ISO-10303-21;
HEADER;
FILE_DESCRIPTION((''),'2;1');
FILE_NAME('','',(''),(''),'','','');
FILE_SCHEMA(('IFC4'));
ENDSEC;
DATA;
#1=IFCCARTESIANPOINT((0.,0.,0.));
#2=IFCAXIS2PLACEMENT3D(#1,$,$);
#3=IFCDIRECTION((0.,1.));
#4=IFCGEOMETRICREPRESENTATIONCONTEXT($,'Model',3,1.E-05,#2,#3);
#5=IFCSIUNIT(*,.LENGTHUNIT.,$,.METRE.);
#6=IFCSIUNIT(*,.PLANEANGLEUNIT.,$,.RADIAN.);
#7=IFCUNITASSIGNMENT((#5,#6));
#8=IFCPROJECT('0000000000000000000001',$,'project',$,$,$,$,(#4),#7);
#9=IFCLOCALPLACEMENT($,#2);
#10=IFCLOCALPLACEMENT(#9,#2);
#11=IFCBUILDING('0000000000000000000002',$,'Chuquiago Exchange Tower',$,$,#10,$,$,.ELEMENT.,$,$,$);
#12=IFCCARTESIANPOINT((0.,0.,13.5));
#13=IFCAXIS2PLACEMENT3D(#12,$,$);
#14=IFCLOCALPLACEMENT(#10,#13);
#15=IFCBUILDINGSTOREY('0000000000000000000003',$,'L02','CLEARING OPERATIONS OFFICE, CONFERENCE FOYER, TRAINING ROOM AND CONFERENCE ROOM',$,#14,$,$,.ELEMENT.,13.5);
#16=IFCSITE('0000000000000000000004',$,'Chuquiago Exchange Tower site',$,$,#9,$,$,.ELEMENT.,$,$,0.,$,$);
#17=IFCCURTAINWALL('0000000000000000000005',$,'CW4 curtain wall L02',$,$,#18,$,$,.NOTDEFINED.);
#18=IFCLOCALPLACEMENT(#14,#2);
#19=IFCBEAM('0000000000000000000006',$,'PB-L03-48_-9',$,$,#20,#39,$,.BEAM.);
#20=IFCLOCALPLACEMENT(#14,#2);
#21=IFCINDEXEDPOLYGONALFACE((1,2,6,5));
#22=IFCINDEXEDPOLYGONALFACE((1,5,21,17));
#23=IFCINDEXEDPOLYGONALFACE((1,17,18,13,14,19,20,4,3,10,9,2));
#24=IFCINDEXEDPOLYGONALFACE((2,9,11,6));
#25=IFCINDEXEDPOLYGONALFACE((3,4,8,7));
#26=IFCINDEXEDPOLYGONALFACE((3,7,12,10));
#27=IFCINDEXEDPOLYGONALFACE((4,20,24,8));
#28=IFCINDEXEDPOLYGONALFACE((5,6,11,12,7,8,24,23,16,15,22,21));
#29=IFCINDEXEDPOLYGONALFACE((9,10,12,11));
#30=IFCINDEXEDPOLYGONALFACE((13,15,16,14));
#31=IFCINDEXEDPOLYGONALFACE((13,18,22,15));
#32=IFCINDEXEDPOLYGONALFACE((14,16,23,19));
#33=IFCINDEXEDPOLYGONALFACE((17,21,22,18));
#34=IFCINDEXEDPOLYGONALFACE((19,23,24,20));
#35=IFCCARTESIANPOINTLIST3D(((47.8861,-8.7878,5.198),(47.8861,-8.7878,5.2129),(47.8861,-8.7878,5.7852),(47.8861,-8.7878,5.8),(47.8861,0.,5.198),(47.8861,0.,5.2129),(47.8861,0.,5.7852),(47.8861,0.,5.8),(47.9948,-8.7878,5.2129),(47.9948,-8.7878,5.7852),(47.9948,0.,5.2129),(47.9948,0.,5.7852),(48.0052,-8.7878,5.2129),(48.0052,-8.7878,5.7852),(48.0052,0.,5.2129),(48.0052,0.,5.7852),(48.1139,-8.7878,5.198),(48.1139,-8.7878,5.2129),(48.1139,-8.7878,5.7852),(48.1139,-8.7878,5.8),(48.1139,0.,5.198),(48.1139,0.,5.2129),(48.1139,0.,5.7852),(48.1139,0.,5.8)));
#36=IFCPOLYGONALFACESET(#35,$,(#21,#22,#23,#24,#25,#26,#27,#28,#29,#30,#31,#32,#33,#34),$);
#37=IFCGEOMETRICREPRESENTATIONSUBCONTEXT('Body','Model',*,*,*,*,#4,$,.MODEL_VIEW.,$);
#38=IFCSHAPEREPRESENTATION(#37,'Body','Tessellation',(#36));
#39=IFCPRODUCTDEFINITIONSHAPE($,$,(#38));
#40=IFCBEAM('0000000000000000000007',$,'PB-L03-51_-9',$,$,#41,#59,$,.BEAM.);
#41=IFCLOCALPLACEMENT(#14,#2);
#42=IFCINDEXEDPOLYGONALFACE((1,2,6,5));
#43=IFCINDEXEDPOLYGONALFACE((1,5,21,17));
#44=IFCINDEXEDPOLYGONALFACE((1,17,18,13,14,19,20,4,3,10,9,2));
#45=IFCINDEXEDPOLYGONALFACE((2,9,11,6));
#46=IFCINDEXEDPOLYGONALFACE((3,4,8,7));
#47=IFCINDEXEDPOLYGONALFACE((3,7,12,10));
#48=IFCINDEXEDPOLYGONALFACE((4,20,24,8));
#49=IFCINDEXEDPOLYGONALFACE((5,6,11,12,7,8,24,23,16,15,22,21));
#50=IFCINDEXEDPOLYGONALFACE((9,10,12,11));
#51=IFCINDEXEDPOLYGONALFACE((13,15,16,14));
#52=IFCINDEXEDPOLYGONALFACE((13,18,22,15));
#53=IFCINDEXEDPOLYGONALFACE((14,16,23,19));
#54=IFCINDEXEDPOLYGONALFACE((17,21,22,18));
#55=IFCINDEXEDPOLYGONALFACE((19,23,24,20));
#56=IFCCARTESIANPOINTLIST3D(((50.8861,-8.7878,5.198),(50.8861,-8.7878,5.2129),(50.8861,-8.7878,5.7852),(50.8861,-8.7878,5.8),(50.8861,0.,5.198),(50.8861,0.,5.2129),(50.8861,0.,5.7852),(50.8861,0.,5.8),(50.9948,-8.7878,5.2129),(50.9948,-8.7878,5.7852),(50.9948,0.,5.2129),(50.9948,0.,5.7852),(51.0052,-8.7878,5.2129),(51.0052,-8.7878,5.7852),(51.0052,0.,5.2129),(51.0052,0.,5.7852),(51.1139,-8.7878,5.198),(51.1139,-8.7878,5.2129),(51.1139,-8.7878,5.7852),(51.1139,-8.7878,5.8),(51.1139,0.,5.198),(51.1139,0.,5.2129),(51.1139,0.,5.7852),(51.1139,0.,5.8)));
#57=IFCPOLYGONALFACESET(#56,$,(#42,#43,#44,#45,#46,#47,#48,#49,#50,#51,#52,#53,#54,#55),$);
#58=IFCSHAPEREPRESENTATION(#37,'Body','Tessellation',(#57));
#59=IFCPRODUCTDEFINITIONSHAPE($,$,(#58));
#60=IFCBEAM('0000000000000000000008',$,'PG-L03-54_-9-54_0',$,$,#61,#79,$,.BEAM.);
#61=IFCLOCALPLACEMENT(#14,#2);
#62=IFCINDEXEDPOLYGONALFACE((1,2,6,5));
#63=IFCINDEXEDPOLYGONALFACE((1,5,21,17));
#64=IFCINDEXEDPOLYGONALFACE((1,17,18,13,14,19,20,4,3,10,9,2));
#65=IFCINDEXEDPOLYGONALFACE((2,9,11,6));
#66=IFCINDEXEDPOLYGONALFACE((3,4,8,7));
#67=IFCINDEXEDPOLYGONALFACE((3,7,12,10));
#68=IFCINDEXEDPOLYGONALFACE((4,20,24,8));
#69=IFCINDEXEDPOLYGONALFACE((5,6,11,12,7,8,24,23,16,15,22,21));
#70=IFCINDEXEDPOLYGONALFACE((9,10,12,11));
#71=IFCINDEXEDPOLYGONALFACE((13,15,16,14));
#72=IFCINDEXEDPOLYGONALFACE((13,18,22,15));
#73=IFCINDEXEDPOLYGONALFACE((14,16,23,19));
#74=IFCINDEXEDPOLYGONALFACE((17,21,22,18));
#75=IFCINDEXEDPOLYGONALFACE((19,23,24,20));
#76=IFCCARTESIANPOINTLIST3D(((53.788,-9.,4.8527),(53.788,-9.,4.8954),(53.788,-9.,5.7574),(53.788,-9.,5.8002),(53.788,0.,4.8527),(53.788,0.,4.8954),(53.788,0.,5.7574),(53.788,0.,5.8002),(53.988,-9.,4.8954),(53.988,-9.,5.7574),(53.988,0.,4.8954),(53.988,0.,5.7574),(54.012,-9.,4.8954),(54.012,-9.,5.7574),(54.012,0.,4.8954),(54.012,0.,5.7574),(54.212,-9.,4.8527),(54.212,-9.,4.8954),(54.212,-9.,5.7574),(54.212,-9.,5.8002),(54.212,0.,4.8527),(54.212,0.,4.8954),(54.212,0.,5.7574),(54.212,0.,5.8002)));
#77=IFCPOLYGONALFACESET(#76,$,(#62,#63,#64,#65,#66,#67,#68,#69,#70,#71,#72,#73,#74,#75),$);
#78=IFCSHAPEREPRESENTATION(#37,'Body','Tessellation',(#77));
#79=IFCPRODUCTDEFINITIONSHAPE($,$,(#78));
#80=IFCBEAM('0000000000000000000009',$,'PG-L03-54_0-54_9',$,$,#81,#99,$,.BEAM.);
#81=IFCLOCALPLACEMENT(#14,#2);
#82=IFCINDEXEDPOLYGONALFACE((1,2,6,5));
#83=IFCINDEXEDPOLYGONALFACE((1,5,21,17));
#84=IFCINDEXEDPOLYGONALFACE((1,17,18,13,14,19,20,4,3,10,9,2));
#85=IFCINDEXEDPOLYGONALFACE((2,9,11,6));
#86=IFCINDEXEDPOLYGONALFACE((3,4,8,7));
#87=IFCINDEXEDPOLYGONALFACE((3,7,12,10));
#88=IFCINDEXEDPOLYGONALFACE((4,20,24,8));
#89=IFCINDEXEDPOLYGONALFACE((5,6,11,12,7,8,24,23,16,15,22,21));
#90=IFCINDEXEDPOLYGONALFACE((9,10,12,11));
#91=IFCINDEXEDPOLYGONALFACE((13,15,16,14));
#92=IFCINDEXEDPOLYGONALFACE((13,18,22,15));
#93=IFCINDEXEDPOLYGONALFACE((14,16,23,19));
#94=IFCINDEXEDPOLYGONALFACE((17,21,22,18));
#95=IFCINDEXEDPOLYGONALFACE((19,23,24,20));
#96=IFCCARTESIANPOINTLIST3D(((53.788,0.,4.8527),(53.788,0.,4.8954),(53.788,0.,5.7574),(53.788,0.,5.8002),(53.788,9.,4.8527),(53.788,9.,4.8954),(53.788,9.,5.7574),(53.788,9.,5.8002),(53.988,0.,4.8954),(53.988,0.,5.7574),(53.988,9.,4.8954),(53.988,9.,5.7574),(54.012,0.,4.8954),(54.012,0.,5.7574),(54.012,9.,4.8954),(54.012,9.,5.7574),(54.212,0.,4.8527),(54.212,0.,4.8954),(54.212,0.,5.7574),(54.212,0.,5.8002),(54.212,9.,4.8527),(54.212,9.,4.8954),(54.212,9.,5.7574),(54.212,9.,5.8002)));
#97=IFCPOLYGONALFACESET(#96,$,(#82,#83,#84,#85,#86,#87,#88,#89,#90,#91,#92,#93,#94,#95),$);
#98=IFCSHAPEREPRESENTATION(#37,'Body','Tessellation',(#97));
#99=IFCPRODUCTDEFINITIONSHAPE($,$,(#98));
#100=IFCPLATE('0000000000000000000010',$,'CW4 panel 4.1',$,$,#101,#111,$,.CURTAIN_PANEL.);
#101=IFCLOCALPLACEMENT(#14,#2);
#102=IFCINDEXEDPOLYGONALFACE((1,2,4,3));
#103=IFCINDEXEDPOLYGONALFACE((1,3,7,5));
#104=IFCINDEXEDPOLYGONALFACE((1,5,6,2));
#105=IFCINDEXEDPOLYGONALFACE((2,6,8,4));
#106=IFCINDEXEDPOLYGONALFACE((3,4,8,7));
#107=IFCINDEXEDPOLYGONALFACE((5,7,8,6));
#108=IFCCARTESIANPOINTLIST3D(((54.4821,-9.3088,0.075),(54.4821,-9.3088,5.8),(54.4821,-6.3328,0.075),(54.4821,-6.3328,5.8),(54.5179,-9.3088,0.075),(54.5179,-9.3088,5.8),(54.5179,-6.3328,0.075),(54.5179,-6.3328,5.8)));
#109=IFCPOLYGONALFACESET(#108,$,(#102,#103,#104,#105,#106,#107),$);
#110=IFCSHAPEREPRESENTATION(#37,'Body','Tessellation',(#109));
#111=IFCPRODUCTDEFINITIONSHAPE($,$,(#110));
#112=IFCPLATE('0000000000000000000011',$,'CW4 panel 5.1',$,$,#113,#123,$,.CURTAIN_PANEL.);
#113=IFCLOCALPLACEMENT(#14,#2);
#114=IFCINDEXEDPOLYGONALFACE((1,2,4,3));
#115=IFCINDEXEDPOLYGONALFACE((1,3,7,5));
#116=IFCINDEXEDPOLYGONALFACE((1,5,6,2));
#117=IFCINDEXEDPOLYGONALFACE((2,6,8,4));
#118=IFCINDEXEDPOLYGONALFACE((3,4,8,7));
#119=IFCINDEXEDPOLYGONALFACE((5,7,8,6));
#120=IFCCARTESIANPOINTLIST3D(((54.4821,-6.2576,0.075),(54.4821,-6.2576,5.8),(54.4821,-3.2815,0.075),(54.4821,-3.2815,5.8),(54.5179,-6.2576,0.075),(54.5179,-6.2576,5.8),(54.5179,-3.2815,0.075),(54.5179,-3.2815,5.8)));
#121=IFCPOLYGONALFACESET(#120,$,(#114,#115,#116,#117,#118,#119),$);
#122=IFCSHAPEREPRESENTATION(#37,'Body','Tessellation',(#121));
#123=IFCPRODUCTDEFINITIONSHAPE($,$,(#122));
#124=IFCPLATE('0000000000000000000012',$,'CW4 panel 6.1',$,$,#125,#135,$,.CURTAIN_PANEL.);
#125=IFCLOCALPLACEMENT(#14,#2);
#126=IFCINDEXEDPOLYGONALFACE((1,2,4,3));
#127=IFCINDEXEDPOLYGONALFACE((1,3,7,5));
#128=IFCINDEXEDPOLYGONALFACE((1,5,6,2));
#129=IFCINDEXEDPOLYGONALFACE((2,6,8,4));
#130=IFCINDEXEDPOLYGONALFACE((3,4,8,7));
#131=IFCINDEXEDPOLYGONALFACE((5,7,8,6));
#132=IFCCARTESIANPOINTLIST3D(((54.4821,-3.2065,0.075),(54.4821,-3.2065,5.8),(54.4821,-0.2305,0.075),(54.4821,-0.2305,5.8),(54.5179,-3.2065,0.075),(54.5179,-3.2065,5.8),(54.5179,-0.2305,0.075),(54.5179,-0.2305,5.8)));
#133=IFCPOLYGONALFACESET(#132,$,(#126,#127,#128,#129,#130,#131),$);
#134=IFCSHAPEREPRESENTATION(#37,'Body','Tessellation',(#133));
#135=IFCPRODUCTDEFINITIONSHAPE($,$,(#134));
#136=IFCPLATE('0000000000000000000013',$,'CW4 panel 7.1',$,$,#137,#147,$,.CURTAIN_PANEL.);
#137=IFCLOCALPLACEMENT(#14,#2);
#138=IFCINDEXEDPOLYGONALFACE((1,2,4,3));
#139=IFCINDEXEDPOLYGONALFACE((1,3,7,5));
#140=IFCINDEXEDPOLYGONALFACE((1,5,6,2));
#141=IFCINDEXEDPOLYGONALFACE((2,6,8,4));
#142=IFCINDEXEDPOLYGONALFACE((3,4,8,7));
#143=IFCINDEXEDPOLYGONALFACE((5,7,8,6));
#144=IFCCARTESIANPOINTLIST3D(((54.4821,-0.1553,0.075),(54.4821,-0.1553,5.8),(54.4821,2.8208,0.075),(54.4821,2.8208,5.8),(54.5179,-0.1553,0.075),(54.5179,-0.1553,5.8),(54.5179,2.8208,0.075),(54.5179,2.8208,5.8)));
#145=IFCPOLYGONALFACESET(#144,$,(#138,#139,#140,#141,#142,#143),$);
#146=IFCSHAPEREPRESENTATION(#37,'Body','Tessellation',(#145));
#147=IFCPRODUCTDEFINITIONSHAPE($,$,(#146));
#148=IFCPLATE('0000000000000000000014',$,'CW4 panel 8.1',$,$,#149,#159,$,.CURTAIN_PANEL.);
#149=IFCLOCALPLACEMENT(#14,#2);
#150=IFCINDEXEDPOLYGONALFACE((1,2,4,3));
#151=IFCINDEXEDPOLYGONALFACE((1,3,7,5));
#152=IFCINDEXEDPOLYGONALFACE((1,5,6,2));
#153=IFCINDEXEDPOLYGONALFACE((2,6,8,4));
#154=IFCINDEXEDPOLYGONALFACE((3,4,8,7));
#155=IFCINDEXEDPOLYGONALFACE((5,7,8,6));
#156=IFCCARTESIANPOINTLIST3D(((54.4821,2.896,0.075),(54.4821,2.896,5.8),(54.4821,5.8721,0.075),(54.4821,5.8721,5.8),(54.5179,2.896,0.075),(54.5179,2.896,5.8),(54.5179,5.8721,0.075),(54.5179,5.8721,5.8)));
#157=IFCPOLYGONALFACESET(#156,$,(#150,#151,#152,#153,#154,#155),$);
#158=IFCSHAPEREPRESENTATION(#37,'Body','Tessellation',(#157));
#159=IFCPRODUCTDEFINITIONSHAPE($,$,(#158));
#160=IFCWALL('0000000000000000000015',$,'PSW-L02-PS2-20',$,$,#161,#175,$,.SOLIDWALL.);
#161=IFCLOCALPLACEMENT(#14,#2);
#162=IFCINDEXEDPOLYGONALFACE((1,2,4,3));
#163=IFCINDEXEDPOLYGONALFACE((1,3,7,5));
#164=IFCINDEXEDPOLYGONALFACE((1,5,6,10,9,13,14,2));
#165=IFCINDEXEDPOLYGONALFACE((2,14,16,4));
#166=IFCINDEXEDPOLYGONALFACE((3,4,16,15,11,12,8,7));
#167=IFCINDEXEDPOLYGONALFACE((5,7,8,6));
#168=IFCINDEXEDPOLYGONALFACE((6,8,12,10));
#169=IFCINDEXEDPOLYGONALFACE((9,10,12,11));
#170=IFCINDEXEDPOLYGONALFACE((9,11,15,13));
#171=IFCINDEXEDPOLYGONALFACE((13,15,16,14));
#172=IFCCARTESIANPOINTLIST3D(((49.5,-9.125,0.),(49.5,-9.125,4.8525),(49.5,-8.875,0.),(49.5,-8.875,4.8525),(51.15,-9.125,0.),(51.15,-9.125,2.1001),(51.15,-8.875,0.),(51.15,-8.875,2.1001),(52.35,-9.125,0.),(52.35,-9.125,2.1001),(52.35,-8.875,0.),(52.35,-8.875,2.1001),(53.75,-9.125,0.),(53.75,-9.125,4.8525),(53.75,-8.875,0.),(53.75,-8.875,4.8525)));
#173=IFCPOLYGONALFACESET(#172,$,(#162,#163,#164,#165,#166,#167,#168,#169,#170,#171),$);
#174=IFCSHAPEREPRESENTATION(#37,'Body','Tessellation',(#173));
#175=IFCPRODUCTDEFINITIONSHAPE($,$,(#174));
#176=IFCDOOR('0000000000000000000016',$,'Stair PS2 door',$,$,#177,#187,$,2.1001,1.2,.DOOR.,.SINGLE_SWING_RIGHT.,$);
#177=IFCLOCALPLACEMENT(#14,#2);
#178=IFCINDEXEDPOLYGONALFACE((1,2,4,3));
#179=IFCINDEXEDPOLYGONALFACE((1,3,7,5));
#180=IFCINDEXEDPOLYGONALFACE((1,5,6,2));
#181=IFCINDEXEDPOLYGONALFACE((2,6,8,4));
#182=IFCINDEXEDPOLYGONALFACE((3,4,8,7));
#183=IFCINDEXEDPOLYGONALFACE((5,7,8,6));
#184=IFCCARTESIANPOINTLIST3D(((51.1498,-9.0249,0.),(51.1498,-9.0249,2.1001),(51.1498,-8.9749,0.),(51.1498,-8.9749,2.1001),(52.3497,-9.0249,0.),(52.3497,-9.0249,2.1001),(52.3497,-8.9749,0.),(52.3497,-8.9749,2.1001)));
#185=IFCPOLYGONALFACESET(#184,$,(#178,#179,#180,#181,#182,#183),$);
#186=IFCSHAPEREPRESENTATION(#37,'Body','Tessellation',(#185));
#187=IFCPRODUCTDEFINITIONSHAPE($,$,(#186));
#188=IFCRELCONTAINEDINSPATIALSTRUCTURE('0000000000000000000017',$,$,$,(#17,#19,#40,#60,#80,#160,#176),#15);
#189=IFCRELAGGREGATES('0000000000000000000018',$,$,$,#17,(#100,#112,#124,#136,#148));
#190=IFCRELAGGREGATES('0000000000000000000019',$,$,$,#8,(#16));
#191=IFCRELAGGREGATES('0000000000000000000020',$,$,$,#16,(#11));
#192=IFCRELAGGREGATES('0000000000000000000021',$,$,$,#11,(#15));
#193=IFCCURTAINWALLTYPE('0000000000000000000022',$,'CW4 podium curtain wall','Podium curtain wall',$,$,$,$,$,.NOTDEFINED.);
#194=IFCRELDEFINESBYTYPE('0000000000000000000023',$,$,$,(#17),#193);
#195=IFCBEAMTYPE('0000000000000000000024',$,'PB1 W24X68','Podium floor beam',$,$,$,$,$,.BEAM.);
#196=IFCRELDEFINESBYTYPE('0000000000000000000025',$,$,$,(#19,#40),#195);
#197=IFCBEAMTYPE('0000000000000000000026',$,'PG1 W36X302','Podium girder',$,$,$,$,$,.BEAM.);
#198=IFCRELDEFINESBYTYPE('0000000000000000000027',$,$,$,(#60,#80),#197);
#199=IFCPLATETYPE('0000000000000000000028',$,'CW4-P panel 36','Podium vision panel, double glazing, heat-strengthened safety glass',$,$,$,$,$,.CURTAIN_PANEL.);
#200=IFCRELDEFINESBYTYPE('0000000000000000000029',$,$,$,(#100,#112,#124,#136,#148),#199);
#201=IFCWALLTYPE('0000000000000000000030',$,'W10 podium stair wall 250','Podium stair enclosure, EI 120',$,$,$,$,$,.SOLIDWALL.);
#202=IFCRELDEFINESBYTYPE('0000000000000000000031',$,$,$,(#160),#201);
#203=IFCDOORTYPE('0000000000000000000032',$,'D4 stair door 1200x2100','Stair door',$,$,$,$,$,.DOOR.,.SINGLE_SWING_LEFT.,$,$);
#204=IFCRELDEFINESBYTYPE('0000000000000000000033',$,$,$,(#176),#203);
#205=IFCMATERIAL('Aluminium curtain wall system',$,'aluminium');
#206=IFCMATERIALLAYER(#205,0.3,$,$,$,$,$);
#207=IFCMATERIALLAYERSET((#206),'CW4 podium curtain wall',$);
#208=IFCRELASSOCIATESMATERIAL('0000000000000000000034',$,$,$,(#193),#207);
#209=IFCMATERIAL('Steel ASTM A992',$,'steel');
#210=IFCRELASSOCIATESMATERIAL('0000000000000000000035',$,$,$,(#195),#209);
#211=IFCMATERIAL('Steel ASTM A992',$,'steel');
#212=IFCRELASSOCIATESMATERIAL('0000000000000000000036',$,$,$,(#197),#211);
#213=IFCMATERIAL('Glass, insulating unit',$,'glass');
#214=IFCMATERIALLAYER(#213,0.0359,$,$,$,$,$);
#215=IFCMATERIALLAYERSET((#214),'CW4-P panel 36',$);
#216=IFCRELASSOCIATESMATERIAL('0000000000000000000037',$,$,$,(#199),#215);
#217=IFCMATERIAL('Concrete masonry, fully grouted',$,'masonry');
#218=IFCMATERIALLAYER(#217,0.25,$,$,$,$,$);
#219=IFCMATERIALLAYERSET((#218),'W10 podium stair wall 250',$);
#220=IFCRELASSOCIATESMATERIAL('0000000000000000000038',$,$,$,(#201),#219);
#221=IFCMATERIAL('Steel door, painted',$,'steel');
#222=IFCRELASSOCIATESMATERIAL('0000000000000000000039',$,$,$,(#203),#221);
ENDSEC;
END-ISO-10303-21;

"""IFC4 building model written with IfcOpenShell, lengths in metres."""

from ifc_helpers import new_model, si_unit, direction, frame, frame_2d, origin, origin_2d, place, context, subcontext, project, spatial, rectangle, i_section, extrude, material, layer, layer_set, material_profile, profile_set, type_object, element, fill, aggregate, save


model = new_model("IFC4")

# Units and contexts
model_context = context("Model", 3, precision=1e-05, world=origin(), true_north=direction((0.0, 1.0)))
body_context = subcontext(model_context, "Body", "Model", "MODEL_VIEW")
ifc_project = project(units=[si_unit("LENGTHUNIT", "METRE"), si_unit("PLANEANGLEUNIT", "RADIAN")], contexts=[model_context])

# Site, building, storey
site_placement = place(None, origin())
site = spatial("IfcSite", under=ifc_project, at=site_placement, Name="Chuquiago Exchange Tower site", CompositionType="ELEMENT", RefElevation=0.0)
building_placement = place(site_placement, origin())
building = spatial("IfcBuilding", under=site, at=building_placement, Name="Chuquiago Exchange Tower", CompositionType="ELEMENT")
storey_placement = place(building_placement, frame((0.0, 0.0, 13.5)))
storey = spatial("IfcBuildingStorey", under=building, at=storey_placement, Name="L02", Description="CLEARING OPERATIONS OFFICE, CONFERENCE FOYER, TRAINING ROOM AND CONFERENCE ROOM", CompositionType="ELEMENT", Elevation=13.5)

# Curtain wall
ifc_material_1 = material(Name="Aluminium curtain wall system", Category="aluminium")
ifc_layer_1 = layer(ifc_material_1, 0.3)
ifc_layer_set_1 = layer_set([ifc_layer_1], Name="CW4 podium curtain wall")
curtain_wall_type = type_object("IfcCurtainWallType", Name="CW4 podium curtain wall", Description="Podium curtain wall", PredefinedType="NOTDEFINED", material=ifc_layer_set_1)
curtain_wall_placement = place(storey_placement, origin())
curtain_wall = element("IfcCurtainWall", 1, at=curtain_wall_placement, inside=storey, type_object=curtain_wall_type, Name="CW4 curtain wall L02", PredefinedType="NOTDEFINED")

# Beams
ifc_material_2 = material(Name="Steel ASTM A992", Category="steel")
ifc_material_profile_1 = material_profile(ifc_material_2, i_section(OverallWidth=0.2278, OverallDepth=0.6021, WebThickness=0.0105, FlangeThickness=0.0149, at=origin_2d()), Name="W24X68")
ifc_profile_set_1 = profile_set([ifc_material_profile_1], Name="Steel ASTM A992")
beam_type_1 = type_object("IfcBeamType", Name="PB1 W24X68", Description="Podium floor beam", PredefinedType="BEAM", material=ifc_profile_set_1)
for number, where, z_axis, x_axis, name in (
    (2, (48.0, -8.7878, 5.499), (0.0, 1.0, 0.0), (-1.0, 0.0, 0.0), "PB-L03-48_-9"),
    (3, (51.0, -8.7878, 5.499), (0.0, 1.0, 0.0), (-1.0, 0.0, 0.0), "PB-L03-51_-9"),
):
    element("IfcBeam", number, at=place(storey_placement, frame(where, z_axis=z_axis, x_axis=x_axis)), inside=storey, type_object=beam_type_1, Name=name, PredefinedType="BEAM", context=body_context, shape_type="SweptSolid", body=[
        extrude(i_section(OverallWidth=0.2278, OverallDepth=0.6021, WebThickness=0.0105, FlangeThickness=0.0149, at=origin_2d()), origin(), (0.0, 0.0, 1.0), 8.7878),
    ])
ifc_material_3 = material(Name="Steel ASTM A992", Category="steel")
ifc_material_profile_2 = material_profile(ifc_material_3, i_section(OverallWidth=0.4241, OverallDepth=0.9475, WebThickness=0.0239, FlangeThickness=0.0427, at=origin_2d()), Name="W36X302")
ifc_profile_set_2 = profile_set([ifc_material_profile_2], Name="Steel ASTM A992")
beam_type_2 = type_object("IfcBeamType", Name="PG1 W36X302", Description="Podium girder", PredefinedType="BEAM", material=ifc_profile_set_2)
for number, where, z_axis, x_axis, name in (
    (4, (54.0, -9.0, 5.3264), (0.0, 1.0, 0.0), (-1.0, 0.0, 0.0), "PG-L03-54_-9-54_0"),
    (5, (54.0, 0.0, 5.3264), (0.0, 1.0, 0.0), (-1.0, 0.0, 0.0), "PG-L03-54_0-54_9"),
):
    element("IfcBeam", number, at=place(storey_placement, frame(where, z_axis=z_axis, x_axis=x_axis)), inside=storey, type_object=beam_type_2, Name=name, PredefinedType="BEAM", context=body_context, shape_type="SweptSolid", body=[
        extrude(i_section(OverallWidth=0.4241, OverallDepth=0.9475, WebThickness=0.0239, FlangeThickness=0.0427, at=origin_2d()), origin(), (0.0, 0.0, 1.0), 9.0),
    ])

# Plates
ifc_material_4 = material(Name="Glass, insulating unit", Category="glass")
ifc_layer_2 = layer(ifc_material_4, 0.0359)
ifc_layer_set_2 = layer_set([ifc_layer_2], Name="CW4-P panel 36")
plate_type = type_object("IfcPlateType", Name="CW4-P panel 36", Description="Podium vision panel, double glazing, heat-strengthened safety glass", PredefinedType="CURTAIN_PANEL", material=ifc_layer_set_2)
plate_1_placement = place(storey_placement, frame((54.5, -7.8208, 0.075), z_axis=(0.0, 0.0, 1.0), x_axis=(0.0, 1.0, 0.0)))
plate_1 = element("IfcPlate", 6, at=plate_1_placement, type_object=plate_type, Name="CW4 panel 4.1", PredefinedType="CURTAIN_PANEL", context=body_context, shape_type="SweptSolid", body=[
    extrude(rectangle(XDim=2.9761, YDim=0.0359, at=origin_2d()), origin(), (0.0, 0.0, 1.0), 5.7251),
])
plate_2_placement = place(storey_placement, frame((54.5, -4.7695, 0.075), z_axis=(0.0, 0.0, 1.0), x_axis=(0.0, 1.0, 0.0)))
plate_2 = element("IfcPlate", 7, at=plate_2_placement, type_object=plate_type, Name="CW4 panel 5.1", PredefinedType="CURTAIN_PANEL", context=body_context, shape_type="SweptSolid", body=[
    extrude(rectangle(XDim=2.9761, YDim=0.0359, at=origin_2d()), origin(), (0.0, 0.0, 1.0), 5.7251),
])
plate_3_placement = place(storey_placement, frame((54.5, -1.7185, 0.075), z_axis=(0.0, 0.0, 1.0), x_axis=(0.0, 1.0, 0.0)))
plate_3 = element("IfcPlate", 8, at=plate_3_placement, type_object=plate_type, Name="CW4 panel 6.1", PredefinedType="CURTAIN_PANEL", context=body_context, shape_type="SweptSolid", body=[
    extrude(rectangle(XDim=2.9761, YDim=0.0359, at=origin_2d()), origin(), (0.0, 0.0, 1.0), 5.7251),
])
plate_4_placement = place(storey_placement, frame((54.5, 1.3328, 0.075), z_axis=(0.0, 0.0, 1.0), x_axis=(0.0, 1.0, 0.0)))
plate_4 = element("IfcPlate", 9, at=plate_4_placement, type_object=plate_type, Name="CW4 panel 7.1", PredefinedType="CURTAIN_PANEL", context=body_context, shape_type="SweptSolid", body=[
    extrude(rectangle(XDim=2.9761, YDim=0.0359, at=origin_2d()), origin(), (0.0, 0.0, 1.0), 5.7251),
])
plate_5_placement = place(storey_placement, frame((54.5, 4.384, 0.075), z_axis=(0.0, 0.0, 1.0), x_axis=(0.0, 1.0, 0.0)))
plate_5 = element("IfcPlate", 10, at=plate_5_placement, type_object=plate_type, Name="CW4 panel 8.1", PredefinedType="CURTAIN_PANEL", context=body_context, shape_type="SweptSolid", body=[
    extrude(rectangle(XDim=2.9761, YDim=0.0359, at=origin_2d()), origin(), (0.0, 0.0, 1.0), 5.7251),
])
aggregate(curtain_wall, [plate_1, plate_2, plate_3, plate_4, plate_5])

# Wall, opening, door
ifc_material_5 = material(Name="Concrete masonry, fully grouted", Category="masonry")
ifc_layer_3 = layer(ifc_material_5, 0.25)
ifc_layer_set_3 = layer_set([ifc_layer_3], Name="W10 podium stair wall 250")
wall_type_1 = type_object("IfcWallType", Name="W10 podium stair wall 250", Description="Podium stair enclosure, EI 120", PredefinedType="SOLIDWALL", material=ifc_layer_set_3)
wall_1_placement = place(storey_placement, frame((49.5, -9.0, 0.0), z_axis=(0.0, 0.0, 1.0), x_axis=(1.0, 0.0, 0.0)))
wall_1 = element("IfcWall", 11, at=wall_1_placement, inside=storey, type_object=wall_type_1, Name="PSW-L02-PS2-20", PredefinedType="SOLIDWALL", context=body_context, shape_type="SweptSolid", body=[
    extrude(rectangle(XDim=4.25, YDim=0.25, at=frame_2d((2.125, 0.0))), origin(), (0.0, 0.0, 1.0), 4.8525),
])
opening_1_placement = place(wall_1_placement, frame((1.6499, 0.0, 0.0)))
opening_1 = element("IfcOpeningElement", 12, at=opening_1_placement, cuts=wall_1, PredefinedType="OPENING", context=body_context, shape_type="SweptSolid", body=[
    extrude(rectangle(XDim=1.2, YDim=2.1001, at=frame_2d((0.6001, 1.05))), frame((0.0, 0.135, 0.0), z_axis=(0.0, -1.0, 0.0), x_axis=(1.0, 0.0, 0.0)), (0.0, 0.0, 1.0), 0.27),
])
ifc_material_6 = material(Name="Steel door, painted", Category="steel")
door_type_1 = type_object("IfcDoorType", Name="D4 stair door 1200x2100", Description="Stair door", OperationType="SINGLE_SWING_LEFT", PredefinedType="DOOR", material=ifc_material_6)
door_1_placement = place(opening_1_placement, frame((1.2, 0.0, 0.0), z_axis=(0.0, 0.0, 1.0), x_axis=(-1.0, 0.0, 0.0)))
door_1 = element("IfcDoor", 13, at=door_1_placement, inside=storey, type_object=door_type_1, Name="Stair PS2 door", OperationType="SINGLE_SWING_RIGHT", OverallHeight=2.1001, OverallWidth=1.2, PredefinedType="DOOR", context=body_context, shape_type="SweptSolid", body=[
    extrude(rectangle(XDim=1.2, YDim=2.1001, at=frame_2d((0.6001, 1.05))), frame((0.0, 0.0249, 0.0), z_axis=(0.0, -1.0, 0.0), x_axis=(1.0, 0.0, 0.0)), (0.0, 0.0, 1.0), 0.05),
])
fill(opening_1, door_1)

save(model, "model.ifc")
